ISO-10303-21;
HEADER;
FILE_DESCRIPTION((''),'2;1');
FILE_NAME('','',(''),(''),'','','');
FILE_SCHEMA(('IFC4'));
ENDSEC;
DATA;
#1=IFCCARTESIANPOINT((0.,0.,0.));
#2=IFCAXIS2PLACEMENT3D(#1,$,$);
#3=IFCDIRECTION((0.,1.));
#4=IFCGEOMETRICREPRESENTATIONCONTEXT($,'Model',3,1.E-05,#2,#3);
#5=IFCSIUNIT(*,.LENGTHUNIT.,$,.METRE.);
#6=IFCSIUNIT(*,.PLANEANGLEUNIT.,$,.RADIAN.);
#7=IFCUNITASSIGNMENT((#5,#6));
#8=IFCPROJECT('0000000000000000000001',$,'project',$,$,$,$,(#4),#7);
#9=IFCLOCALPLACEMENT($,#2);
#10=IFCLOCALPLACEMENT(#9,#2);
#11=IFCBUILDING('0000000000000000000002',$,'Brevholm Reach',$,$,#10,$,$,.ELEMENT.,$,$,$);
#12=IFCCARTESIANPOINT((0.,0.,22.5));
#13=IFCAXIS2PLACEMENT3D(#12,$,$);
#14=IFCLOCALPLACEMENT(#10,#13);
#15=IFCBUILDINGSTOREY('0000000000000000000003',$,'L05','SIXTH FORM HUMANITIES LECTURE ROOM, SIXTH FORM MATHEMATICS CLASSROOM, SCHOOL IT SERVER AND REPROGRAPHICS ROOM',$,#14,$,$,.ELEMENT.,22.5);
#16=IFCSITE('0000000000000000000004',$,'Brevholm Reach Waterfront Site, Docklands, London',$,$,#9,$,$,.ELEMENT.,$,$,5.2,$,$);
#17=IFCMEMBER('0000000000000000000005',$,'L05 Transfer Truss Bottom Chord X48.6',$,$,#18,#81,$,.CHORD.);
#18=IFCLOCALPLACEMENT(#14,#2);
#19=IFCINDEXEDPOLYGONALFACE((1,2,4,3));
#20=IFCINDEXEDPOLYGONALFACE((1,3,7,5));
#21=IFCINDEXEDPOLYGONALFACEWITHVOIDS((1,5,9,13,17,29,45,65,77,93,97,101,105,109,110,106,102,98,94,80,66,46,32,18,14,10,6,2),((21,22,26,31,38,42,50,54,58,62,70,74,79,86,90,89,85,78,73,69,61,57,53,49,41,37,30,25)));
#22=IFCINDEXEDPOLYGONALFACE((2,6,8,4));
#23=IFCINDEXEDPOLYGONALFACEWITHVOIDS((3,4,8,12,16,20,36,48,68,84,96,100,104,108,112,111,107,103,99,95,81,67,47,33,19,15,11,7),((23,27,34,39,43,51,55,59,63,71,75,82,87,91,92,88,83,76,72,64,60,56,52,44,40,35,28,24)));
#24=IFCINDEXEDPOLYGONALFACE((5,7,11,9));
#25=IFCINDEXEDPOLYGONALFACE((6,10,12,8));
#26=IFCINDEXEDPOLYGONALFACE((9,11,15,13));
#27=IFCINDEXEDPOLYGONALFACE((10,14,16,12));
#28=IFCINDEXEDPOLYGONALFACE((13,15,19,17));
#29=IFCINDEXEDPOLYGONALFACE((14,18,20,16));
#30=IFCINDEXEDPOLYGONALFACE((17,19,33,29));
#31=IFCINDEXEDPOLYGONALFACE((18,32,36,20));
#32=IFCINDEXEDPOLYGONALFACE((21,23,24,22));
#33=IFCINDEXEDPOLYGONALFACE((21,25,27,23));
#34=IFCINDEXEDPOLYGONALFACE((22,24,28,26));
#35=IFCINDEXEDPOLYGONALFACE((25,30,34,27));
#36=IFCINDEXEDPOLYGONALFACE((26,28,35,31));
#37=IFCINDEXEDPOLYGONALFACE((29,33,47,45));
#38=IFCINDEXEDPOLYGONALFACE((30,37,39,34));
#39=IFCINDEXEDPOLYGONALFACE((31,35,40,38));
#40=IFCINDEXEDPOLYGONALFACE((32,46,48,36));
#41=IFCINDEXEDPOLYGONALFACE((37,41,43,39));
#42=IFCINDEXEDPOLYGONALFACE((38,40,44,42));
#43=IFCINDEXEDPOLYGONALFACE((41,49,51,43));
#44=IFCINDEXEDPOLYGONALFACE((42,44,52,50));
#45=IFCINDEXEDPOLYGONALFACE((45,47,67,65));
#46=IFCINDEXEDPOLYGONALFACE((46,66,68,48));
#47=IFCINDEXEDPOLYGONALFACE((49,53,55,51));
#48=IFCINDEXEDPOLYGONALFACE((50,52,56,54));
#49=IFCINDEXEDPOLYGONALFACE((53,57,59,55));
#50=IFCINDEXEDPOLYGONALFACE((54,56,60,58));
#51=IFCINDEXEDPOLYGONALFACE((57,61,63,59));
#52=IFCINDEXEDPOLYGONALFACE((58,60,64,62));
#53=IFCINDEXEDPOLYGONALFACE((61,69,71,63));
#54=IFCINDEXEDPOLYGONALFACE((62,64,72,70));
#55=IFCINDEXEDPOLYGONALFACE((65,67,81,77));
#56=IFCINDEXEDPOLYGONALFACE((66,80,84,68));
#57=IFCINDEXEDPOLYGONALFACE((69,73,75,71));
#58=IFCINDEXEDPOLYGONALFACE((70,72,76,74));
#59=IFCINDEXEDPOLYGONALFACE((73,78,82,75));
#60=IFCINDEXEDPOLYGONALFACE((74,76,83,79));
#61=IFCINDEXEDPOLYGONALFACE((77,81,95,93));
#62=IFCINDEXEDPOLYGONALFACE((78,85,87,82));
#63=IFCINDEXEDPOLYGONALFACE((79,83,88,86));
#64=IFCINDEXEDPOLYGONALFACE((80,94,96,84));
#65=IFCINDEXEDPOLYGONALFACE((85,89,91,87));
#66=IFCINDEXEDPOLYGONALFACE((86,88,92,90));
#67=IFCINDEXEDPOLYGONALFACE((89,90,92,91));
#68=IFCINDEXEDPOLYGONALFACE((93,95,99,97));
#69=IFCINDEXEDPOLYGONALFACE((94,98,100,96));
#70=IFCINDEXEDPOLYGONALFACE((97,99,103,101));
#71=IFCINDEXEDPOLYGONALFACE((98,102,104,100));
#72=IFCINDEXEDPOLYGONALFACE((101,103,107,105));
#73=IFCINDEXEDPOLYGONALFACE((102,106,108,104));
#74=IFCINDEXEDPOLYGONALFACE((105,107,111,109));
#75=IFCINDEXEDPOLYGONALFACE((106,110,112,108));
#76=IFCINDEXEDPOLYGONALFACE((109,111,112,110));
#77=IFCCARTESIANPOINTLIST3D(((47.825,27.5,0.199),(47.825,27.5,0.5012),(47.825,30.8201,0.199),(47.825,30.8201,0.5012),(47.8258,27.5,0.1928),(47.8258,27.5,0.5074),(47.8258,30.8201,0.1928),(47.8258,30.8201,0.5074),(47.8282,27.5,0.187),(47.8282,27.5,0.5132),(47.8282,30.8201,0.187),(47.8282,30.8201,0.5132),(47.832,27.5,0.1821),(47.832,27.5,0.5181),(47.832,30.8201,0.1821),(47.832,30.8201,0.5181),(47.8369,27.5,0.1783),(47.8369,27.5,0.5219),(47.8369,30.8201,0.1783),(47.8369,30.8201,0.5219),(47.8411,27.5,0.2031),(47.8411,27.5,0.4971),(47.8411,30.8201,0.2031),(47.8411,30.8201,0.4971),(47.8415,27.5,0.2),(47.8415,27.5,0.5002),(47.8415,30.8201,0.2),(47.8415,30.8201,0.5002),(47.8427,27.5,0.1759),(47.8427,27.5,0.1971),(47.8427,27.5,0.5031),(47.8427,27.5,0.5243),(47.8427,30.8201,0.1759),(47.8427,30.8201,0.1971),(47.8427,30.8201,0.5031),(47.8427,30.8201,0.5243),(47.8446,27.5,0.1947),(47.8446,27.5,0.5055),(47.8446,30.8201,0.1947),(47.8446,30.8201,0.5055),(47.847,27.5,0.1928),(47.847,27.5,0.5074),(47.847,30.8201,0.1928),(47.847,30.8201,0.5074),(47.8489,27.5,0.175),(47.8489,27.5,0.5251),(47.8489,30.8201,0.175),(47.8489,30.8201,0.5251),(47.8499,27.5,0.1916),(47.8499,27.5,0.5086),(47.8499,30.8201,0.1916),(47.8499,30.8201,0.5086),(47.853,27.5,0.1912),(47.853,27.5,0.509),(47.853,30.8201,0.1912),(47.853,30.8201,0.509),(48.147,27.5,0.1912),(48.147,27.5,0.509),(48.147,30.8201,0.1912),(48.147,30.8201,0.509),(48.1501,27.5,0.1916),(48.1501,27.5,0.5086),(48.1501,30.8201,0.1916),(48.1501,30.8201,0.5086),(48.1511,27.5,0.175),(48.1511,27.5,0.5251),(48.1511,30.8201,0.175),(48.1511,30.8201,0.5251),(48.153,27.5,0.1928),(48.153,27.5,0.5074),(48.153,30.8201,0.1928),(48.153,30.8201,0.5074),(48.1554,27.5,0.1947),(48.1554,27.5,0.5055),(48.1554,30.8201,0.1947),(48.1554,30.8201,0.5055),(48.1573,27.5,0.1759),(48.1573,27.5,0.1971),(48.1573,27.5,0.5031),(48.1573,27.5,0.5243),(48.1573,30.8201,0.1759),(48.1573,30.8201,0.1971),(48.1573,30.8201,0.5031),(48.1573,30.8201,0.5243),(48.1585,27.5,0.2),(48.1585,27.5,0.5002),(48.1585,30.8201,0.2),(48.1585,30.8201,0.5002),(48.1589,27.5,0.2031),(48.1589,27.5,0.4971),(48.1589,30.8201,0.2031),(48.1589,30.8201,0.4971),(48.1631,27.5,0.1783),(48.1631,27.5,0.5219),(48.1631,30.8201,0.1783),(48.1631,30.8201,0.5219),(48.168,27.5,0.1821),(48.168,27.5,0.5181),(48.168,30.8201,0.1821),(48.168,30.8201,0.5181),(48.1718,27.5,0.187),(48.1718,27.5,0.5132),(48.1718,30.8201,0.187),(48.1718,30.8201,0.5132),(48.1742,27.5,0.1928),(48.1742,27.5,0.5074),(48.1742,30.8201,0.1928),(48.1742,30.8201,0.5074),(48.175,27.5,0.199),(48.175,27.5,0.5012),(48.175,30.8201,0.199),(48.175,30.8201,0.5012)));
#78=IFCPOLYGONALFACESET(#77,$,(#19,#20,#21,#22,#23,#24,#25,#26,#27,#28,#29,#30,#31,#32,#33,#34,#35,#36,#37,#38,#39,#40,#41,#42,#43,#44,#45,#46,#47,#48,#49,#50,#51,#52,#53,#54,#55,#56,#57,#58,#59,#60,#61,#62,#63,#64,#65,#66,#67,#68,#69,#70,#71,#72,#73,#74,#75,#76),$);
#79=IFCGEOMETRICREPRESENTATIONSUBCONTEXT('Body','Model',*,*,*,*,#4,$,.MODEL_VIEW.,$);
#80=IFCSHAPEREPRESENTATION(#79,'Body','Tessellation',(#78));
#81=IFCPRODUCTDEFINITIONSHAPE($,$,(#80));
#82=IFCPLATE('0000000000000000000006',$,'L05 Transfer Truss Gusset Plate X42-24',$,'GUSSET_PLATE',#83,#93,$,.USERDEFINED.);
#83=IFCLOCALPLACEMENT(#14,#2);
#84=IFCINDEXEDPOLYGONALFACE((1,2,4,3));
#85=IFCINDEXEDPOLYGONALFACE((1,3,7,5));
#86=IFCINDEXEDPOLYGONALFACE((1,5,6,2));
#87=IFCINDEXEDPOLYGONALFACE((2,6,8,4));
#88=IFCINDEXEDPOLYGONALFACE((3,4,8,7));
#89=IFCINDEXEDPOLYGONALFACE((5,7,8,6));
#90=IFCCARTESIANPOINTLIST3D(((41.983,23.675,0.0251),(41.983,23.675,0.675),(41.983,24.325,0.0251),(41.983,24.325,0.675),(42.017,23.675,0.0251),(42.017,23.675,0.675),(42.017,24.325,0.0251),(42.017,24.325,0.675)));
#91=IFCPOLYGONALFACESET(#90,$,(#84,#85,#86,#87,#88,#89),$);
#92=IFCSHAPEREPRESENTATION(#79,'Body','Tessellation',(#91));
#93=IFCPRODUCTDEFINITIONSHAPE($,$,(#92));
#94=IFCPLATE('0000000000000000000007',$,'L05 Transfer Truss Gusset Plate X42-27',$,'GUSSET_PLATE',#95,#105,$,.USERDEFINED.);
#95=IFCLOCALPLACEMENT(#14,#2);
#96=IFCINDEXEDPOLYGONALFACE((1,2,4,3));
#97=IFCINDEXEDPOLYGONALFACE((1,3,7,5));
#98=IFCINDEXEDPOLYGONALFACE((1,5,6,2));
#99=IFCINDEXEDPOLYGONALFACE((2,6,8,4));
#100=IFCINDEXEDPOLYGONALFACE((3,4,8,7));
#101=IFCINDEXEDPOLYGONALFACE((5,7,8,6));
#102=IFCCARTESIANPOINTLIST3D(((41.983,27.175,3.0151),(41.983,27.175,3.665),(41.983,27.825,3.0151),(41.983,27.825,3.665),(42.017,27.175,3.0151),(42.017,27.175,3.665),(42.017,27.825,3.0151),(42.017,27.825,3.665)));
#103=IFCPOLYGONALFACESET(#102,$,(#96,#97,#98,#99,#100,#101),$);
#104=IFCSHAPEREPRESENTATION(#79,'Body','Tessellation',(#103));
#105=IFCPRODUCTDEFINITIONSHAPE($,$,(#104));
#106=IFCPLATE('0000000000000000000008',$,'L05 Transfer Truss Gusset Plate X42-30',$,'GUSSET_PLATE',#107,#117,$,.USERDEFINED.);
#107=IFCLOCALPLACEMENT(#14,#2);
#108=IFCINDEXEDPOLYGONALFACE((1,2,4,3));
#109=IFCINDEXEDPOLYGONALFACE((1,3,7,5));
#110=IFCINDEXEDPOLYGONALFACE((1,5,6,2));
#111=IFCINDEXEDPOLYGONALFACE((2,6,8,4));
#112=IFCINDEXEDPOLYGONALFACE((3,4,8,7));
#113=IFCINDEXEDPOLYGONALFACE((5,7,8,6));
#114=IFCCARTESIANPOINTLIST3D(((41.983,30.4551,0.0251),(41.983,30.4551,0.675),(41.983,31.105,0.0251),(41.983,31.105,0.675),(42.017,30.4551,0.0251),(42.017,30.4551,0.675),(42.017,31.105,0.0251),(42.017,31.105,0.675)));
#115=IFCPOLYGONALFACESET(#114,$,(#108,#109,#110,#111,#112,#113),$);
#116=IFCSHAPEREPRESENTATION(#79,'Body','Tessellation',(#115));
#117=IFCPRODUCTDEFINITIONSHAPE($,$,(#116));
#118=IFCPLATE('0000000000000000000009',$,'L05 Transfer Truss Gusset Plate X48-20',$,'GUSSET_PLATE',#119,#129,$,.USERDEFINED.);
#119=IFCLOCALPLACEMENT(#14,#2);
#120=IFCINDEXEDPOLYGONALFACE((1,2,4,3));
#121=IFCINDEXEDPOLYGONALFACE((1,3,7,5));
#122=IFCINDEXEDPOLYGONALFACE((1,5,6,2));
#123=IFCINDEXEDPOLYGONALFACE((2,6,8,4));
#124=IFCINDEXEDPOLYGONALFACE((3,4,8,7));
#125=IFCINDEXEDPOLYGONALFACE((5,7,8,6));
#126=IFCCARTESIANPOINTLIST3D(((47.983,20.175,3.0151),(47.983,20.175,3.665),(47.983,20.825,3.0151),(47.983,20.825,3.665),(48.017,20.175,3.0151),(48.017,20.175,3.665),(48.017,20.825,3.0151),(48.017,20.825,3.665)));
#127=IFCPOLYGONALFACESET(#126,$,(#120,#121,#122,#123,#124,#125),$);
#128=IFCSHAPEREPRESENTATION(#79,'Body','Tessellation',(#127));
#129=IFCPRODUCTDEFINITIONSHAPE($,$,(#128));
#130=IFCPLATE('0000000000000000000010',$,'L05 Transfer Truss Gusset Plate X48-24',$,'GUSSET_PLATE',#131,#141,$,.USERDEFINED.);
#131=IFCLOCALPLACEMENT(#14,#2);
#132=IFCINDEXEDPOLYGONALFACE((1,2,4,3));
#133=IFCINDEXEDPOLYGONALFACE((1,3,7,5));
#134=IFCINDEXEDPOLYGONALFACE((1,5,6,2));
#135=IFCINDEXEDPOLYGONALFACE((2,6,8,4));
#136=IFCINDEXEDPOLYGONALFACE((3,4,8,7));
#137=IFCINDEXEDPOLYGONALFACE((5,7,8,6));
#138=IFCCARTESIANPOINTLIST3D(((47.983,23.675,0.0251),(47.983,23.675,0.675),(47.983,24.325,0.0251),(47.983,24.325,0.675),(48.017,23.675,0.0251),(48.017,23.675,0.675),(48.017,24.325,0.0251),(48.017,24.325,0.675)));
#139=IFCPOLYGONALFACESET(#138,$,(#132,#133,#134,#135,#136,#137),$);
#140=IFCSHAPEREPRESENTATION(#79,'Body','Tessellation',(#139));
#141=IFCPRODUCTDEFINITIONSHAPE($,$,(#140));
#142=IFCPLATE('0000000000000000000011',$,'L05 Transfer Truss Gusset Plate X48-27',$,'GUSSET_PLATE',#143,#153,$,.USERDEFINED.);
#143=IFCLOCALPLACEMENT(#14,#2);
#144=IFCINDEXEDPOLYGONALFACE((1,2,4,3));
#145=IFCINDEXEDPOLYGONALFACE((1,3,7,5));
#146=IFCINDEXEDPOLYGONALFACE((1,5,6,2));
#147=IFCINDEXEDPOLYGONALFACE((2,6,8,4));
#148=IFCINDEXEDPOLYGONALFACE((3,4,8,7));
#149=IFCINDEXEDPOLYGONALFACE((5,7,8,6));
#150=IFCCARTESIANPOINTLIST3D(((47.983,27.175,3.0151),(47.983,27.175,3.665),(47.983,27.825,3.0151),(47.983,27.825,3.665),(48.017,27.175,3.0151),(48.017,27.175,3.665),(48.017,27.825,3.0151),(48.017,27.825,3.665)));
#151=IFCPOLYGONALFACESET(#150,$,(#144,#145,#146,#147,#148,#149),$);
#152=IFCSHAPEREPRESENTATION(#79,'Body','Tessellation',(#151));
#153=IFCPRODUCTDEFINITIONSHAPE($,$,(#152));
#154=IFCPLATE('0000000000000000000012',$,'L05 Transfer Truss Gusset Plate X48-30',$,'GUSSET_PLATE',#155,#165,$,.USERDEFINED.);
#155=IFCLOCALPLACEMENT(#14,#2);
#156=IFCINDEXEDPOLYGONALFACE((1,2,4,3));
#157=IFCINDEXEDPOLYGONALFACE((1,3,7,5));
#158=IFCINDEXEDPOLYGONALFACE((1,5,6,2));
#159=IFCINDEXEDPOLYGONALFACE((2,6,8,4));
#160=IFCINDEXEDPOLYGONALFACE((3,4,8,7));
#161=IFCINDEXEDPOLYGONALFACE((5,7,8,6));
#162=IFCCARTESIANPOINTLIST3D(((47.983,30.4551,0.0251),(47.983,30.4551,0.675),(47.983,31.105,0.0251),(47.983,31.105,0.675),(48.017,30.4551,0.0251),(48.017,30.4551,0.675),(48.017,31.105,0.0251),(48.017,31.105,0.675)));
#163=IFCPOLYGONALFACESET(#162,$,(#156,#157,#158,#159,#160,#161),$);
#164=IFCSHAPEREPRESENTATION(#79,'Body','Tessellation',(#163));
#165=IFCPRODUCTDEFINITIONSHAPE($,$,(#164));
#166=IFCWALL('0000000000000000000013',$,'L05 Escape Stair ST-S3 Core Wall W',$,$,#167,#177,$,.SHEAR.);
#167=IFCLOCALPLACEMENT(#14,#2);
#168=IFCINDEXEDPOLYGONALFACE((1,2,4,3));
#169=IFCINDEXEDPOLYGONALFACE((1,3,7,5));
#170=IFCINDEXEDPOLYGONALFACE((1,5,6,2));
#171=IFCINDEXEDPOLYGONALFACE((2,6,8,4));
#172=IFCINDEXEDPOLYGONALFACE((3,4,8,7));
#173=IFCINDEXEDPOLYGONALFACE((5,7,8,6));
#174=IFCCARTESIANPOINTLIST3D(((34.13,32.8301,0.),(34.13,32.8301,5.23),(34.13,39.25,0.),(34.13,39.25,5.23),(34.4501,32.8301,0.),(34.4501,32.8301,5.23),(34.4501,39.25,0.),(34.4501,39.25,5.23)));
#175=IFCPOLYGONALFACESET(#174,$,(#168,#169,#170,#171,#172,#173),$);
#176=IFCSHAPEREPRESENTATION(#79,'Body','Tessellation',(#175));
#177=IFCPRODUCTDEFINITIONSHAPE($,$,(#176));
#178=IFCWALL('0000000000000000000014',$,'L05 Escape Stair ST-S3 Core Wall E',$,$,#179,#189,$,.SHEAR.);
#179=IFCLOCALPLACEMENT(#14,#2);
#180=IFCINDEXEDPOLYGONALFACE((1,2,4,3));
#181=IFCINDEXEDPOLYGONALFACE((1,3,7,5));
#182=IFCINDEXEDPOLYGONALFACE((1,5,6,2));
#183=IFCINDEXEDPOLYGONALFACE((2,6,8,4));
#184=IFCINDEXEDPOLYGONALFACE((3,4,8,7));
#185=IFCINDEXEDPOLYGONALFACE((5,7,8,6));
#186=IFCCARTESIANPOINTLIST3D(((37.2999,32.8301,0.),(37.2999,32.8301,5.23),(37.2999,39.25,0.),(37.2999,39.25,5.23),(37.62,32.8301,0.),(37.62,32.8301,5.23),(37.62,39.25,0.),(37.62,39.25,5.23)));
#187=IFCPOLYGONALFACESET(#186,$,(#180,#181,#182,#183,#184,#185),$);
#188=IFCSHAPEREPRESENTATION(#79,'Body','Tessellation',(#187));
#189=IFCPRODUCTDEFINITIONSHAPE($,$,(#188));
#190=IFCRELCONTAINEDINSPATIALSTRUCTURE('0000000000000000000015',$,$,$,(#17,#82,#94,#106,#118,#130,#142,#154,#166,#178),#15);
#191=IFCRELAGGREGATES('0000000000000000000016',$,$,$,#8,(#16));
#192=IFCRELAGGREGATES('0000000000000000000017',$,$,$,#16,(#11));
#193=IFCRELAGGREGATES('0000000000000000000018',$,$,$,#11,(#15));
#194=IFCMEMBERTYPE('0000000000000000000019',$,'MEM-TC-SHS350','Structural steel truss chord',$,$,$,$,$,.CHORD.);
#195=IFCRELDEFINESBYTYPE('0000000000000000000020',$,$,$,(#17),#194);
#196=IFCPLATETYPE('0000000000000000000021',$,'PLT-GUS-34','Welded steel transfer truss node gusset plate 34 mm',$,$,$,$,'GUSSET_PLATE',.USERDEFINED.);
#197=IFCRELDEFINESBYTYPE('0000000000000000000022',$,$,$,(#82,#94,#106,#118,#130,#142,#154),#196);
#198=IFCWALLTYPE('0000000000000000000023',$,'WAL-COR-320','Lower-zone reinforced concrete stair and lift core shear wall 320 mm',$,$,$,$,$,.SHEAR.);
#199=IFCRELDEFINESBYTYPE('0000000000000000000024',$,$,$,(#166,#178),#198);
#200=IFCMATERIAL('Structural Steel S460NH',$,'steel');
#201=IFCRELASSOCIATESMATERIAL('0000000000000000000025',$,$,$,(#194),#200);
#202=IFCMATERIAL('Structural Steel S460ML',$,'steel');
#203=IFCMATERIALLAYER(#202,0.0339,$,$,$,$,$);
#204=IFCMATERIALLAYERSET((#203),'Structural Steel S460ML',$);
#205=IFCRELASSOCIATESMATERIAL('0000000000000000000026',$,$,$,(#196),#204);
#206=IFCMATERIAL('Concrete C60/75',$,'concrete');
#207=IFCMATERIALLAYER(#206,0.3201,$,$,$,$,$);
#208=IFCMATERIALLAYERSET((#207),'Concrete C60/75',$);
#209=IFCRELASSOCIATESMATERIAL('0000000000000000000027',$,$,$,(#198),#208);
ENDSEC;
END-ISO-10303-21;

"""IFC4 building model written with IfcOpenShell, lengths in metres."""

from ifc_helpers import new_model, si_unit, direction, frame, frame_2d, origin, origin_2d, place, context, subcontext, project, spatial, rectangle, hollow_rectangle, extrude, material, layer, layer_set, material_profile, profile_set, type_object, element, save


model = new_model("IFC4")

# Units and contexts
model_context = context("Model", 3, precision=1e-05, world=origin(), true_north=direction((0.0, 1.0)))
body_context = subcontext(model_context, "Body", "Model", "MODEL_VIEW")
ifc_project = project(units=[si_unit("LENGTHUNIT", "METRE"), si_unit("PLANEANGLEUNIT", "RADIAN")], contexts=[model_context])

# Site, building, storey
site_placement = place(None, origin())
site = spatial("IfcSite", under=ifc_project, at=site_placement, Name="Brevholm Reach Waterfront Site, Docklands, London", CompositionType="ELEMENT", RefElevation=5.2)
building_placement = place(site_placement, origin())
building = spatial("IfcBuilding", under=site, at=building_placement, Name="Brevholm Reach", CompositionType="ELEMENT")
storey_placement = place(building_placement, frame((0.0, 0.0, 22.5)))
storey = spatial("IfcBuildingStorey", under=building, at=storey_placement, Name="L05", Description="SIXTH FORM HUMANITIES LECTURE ROOM, SIXTH FORM MATHEMATICS CLASSROOM, SCHOOL IT SERVER AND REPROGRAPHICS ROOM", CompositionType="ELEMENT", Elevation=22.5)

# Member
ifc_material_1 = material(Name="Structural Steel S460NH", Category="steel")
ifc_material_profile_1 = material_profile(ifc_material_1, hollow_rectangle(XDim=0.3501, YDim=0.3501, WallThickness=0.0161, InnerFilletRadius=0.012, OuterFilletRadius=0.0239, at=origin_2d()), Name="SHS 350x350x16")
ifc_profile_set_1 = profile_set([ifc_material_profile_1], Name="Structural Steel S460NH")
member_type_1 = type_object("IfcMemberType", Name="MEM-TC-SHS350", Description="Structural steel truss chord", PredefinedType="CHORD", material=ifc_profile_set_1)
member_1_placement = place(storey_placement, frame((48.0, 27.5, 0.3501), z_axis=(0.0, 1.0, 0.0), x_axis=(-1.0, 0.0, 0.0)))
element("IfcMember", 1, at=member_1_placement, inside=storey, type_object=member_type_1, Name="L05 Transfer Truss Bottom Chord X48.6", PredefinedType="CHORD", context=body_context, shape_type="SweptSolid", body=[
    extrude(hollow_rectangle(XDim=0.3501, YDim=0.3501, WallThickness=0.0161, InnerFilletRadius=0.012, OuterFilletRadius=0.0239, at=origin_2d()), origin(), (0.0, 0.0, 1.0), 3.3201),
])

# Plates
ifc_material_2 = material(Name="Structural Steel S460ML", Category="steel")
ifc_layer_1 = layer(ifc_material_2, 0.0339)
ifc_layer_set_1 = layer_set([ifc_layer_1], Name="Structural Steel S460ML")
plate_type = type_object("IfcPlateType", Name="PLT-GUS-34", Description="Welded steel transfer truss node gusset plate 34 mm", ElementType="GUSSET_PLATE", PredefinedType="USERDEFINED", material=ifc_layer_set_1)
for number, where, z_axis, x_axis, name in (
    (2, (42.0, 24.0, 0.0251), (0.0, 0.0, 1.0), (1.0, 0.0, 0.0), "L05 Transfer Truss Gusset Plate X42-24"),
    (3, (42.0, 27.5, 3.0151), (0.0, 0.0, 1.0), (1.0, 0.0, 0.0), "L05 Transfer Truss Gusset Plate X42-27"),
    (4, (42.0, 30.78, 0.0251), (0.0, 0.0, 1.0), (1.0, 0.0, 0.0), "L05 Transfer Truss Gusset Plate X42-30"),
    (5, (48.0, 20.5, 3.0151), (0.0, 0.0, 1.0), (1.0, 0.0, 0.0), "L05 Transfer Truss Gusset Plate X48-20"),
    (6, (48.0, 24.0, 0.0251), (0.0, 0.0, 1.0), (1.0, 0.0, 0.0), "L05 Transfer Truss Gusset Plate X48-24"),
    (7, (48.0, 27.5, 3.0151), (0.0, 0.0, 1.0), (1.0, 0.0, 0.0), "L05 Transfer Truss Gusset Plate X48-27"),
    (8, (48.0, 30.78, 0.0251), (0.0, 0.0, 1.0), (1.0, 0.0, 0.0), "L05 Transfer Truss Gusset Plate X48-30"),
):
    element("IfcPlate", number, at=place(storey_placement, frame(where, z_axis=z_axis, x_axis=x_axis)), inside=storey, type_object=plate_type, Name=name, ObjectType="GUSSET_PLATE", PredefinedType="USERDEFINED", context=body_context, shape_type="SweptSolid", body=[
        extrude(rectangle(XDim=0.0339, YDim=0.6499, at=origin_2d()), origin(), (0.0, 0.0, 1.0), 0.6499),
    ])

# Walls
ifc_material_3 = material(Name="Concrete C60/75", Category="concrete")
ifc_layer_2 = layer(ifc_material_3, 0.3201)
ifc_layer_set_2 = layer_set([ifc_layer_2], Name="Concrete C60/75")
wall_type_1 = type_object("IfcWallType", Name="WAL-COR-320", Description="Lower-zone reinforced concrete stair and lift core shear wall 320 mm", PredefinedType="SHEAR", material=ifc_layer_set_2)
for number, where, z_axis, x_axis, name in (
    (9, (34.29, 32.8301, 0.0), (0.0, 0.0, 1.0), (0.0, 1.0, 0.0), "L05 Escape Stair ST-S3 Core Wall W"),
    (10, (37.46, 32.8301, 0.0), (0.0, 0.0, 1.0), (0.0, 1.0, 0.0), "L05 Escape Stair ST-S3 Core Wall E"),
):
    element("IfcWall", number, at=place(storey_placement, frame(where, z_axis=z_axis, x_axis=x_axis)), inside=storey, type_object=wall_type_1, Name=name, PredefinedType="SHEAR", context=body_context, shape_type="SweptSolid", body=[
        extrude(rectangle(XDim=6.4199, YDim=0.3201, at=frame_2d((3.21, 0.0))), origin(), (0.0, 0.0, 1.0), 5.23),
    ])

save(model, "model.ifc")
